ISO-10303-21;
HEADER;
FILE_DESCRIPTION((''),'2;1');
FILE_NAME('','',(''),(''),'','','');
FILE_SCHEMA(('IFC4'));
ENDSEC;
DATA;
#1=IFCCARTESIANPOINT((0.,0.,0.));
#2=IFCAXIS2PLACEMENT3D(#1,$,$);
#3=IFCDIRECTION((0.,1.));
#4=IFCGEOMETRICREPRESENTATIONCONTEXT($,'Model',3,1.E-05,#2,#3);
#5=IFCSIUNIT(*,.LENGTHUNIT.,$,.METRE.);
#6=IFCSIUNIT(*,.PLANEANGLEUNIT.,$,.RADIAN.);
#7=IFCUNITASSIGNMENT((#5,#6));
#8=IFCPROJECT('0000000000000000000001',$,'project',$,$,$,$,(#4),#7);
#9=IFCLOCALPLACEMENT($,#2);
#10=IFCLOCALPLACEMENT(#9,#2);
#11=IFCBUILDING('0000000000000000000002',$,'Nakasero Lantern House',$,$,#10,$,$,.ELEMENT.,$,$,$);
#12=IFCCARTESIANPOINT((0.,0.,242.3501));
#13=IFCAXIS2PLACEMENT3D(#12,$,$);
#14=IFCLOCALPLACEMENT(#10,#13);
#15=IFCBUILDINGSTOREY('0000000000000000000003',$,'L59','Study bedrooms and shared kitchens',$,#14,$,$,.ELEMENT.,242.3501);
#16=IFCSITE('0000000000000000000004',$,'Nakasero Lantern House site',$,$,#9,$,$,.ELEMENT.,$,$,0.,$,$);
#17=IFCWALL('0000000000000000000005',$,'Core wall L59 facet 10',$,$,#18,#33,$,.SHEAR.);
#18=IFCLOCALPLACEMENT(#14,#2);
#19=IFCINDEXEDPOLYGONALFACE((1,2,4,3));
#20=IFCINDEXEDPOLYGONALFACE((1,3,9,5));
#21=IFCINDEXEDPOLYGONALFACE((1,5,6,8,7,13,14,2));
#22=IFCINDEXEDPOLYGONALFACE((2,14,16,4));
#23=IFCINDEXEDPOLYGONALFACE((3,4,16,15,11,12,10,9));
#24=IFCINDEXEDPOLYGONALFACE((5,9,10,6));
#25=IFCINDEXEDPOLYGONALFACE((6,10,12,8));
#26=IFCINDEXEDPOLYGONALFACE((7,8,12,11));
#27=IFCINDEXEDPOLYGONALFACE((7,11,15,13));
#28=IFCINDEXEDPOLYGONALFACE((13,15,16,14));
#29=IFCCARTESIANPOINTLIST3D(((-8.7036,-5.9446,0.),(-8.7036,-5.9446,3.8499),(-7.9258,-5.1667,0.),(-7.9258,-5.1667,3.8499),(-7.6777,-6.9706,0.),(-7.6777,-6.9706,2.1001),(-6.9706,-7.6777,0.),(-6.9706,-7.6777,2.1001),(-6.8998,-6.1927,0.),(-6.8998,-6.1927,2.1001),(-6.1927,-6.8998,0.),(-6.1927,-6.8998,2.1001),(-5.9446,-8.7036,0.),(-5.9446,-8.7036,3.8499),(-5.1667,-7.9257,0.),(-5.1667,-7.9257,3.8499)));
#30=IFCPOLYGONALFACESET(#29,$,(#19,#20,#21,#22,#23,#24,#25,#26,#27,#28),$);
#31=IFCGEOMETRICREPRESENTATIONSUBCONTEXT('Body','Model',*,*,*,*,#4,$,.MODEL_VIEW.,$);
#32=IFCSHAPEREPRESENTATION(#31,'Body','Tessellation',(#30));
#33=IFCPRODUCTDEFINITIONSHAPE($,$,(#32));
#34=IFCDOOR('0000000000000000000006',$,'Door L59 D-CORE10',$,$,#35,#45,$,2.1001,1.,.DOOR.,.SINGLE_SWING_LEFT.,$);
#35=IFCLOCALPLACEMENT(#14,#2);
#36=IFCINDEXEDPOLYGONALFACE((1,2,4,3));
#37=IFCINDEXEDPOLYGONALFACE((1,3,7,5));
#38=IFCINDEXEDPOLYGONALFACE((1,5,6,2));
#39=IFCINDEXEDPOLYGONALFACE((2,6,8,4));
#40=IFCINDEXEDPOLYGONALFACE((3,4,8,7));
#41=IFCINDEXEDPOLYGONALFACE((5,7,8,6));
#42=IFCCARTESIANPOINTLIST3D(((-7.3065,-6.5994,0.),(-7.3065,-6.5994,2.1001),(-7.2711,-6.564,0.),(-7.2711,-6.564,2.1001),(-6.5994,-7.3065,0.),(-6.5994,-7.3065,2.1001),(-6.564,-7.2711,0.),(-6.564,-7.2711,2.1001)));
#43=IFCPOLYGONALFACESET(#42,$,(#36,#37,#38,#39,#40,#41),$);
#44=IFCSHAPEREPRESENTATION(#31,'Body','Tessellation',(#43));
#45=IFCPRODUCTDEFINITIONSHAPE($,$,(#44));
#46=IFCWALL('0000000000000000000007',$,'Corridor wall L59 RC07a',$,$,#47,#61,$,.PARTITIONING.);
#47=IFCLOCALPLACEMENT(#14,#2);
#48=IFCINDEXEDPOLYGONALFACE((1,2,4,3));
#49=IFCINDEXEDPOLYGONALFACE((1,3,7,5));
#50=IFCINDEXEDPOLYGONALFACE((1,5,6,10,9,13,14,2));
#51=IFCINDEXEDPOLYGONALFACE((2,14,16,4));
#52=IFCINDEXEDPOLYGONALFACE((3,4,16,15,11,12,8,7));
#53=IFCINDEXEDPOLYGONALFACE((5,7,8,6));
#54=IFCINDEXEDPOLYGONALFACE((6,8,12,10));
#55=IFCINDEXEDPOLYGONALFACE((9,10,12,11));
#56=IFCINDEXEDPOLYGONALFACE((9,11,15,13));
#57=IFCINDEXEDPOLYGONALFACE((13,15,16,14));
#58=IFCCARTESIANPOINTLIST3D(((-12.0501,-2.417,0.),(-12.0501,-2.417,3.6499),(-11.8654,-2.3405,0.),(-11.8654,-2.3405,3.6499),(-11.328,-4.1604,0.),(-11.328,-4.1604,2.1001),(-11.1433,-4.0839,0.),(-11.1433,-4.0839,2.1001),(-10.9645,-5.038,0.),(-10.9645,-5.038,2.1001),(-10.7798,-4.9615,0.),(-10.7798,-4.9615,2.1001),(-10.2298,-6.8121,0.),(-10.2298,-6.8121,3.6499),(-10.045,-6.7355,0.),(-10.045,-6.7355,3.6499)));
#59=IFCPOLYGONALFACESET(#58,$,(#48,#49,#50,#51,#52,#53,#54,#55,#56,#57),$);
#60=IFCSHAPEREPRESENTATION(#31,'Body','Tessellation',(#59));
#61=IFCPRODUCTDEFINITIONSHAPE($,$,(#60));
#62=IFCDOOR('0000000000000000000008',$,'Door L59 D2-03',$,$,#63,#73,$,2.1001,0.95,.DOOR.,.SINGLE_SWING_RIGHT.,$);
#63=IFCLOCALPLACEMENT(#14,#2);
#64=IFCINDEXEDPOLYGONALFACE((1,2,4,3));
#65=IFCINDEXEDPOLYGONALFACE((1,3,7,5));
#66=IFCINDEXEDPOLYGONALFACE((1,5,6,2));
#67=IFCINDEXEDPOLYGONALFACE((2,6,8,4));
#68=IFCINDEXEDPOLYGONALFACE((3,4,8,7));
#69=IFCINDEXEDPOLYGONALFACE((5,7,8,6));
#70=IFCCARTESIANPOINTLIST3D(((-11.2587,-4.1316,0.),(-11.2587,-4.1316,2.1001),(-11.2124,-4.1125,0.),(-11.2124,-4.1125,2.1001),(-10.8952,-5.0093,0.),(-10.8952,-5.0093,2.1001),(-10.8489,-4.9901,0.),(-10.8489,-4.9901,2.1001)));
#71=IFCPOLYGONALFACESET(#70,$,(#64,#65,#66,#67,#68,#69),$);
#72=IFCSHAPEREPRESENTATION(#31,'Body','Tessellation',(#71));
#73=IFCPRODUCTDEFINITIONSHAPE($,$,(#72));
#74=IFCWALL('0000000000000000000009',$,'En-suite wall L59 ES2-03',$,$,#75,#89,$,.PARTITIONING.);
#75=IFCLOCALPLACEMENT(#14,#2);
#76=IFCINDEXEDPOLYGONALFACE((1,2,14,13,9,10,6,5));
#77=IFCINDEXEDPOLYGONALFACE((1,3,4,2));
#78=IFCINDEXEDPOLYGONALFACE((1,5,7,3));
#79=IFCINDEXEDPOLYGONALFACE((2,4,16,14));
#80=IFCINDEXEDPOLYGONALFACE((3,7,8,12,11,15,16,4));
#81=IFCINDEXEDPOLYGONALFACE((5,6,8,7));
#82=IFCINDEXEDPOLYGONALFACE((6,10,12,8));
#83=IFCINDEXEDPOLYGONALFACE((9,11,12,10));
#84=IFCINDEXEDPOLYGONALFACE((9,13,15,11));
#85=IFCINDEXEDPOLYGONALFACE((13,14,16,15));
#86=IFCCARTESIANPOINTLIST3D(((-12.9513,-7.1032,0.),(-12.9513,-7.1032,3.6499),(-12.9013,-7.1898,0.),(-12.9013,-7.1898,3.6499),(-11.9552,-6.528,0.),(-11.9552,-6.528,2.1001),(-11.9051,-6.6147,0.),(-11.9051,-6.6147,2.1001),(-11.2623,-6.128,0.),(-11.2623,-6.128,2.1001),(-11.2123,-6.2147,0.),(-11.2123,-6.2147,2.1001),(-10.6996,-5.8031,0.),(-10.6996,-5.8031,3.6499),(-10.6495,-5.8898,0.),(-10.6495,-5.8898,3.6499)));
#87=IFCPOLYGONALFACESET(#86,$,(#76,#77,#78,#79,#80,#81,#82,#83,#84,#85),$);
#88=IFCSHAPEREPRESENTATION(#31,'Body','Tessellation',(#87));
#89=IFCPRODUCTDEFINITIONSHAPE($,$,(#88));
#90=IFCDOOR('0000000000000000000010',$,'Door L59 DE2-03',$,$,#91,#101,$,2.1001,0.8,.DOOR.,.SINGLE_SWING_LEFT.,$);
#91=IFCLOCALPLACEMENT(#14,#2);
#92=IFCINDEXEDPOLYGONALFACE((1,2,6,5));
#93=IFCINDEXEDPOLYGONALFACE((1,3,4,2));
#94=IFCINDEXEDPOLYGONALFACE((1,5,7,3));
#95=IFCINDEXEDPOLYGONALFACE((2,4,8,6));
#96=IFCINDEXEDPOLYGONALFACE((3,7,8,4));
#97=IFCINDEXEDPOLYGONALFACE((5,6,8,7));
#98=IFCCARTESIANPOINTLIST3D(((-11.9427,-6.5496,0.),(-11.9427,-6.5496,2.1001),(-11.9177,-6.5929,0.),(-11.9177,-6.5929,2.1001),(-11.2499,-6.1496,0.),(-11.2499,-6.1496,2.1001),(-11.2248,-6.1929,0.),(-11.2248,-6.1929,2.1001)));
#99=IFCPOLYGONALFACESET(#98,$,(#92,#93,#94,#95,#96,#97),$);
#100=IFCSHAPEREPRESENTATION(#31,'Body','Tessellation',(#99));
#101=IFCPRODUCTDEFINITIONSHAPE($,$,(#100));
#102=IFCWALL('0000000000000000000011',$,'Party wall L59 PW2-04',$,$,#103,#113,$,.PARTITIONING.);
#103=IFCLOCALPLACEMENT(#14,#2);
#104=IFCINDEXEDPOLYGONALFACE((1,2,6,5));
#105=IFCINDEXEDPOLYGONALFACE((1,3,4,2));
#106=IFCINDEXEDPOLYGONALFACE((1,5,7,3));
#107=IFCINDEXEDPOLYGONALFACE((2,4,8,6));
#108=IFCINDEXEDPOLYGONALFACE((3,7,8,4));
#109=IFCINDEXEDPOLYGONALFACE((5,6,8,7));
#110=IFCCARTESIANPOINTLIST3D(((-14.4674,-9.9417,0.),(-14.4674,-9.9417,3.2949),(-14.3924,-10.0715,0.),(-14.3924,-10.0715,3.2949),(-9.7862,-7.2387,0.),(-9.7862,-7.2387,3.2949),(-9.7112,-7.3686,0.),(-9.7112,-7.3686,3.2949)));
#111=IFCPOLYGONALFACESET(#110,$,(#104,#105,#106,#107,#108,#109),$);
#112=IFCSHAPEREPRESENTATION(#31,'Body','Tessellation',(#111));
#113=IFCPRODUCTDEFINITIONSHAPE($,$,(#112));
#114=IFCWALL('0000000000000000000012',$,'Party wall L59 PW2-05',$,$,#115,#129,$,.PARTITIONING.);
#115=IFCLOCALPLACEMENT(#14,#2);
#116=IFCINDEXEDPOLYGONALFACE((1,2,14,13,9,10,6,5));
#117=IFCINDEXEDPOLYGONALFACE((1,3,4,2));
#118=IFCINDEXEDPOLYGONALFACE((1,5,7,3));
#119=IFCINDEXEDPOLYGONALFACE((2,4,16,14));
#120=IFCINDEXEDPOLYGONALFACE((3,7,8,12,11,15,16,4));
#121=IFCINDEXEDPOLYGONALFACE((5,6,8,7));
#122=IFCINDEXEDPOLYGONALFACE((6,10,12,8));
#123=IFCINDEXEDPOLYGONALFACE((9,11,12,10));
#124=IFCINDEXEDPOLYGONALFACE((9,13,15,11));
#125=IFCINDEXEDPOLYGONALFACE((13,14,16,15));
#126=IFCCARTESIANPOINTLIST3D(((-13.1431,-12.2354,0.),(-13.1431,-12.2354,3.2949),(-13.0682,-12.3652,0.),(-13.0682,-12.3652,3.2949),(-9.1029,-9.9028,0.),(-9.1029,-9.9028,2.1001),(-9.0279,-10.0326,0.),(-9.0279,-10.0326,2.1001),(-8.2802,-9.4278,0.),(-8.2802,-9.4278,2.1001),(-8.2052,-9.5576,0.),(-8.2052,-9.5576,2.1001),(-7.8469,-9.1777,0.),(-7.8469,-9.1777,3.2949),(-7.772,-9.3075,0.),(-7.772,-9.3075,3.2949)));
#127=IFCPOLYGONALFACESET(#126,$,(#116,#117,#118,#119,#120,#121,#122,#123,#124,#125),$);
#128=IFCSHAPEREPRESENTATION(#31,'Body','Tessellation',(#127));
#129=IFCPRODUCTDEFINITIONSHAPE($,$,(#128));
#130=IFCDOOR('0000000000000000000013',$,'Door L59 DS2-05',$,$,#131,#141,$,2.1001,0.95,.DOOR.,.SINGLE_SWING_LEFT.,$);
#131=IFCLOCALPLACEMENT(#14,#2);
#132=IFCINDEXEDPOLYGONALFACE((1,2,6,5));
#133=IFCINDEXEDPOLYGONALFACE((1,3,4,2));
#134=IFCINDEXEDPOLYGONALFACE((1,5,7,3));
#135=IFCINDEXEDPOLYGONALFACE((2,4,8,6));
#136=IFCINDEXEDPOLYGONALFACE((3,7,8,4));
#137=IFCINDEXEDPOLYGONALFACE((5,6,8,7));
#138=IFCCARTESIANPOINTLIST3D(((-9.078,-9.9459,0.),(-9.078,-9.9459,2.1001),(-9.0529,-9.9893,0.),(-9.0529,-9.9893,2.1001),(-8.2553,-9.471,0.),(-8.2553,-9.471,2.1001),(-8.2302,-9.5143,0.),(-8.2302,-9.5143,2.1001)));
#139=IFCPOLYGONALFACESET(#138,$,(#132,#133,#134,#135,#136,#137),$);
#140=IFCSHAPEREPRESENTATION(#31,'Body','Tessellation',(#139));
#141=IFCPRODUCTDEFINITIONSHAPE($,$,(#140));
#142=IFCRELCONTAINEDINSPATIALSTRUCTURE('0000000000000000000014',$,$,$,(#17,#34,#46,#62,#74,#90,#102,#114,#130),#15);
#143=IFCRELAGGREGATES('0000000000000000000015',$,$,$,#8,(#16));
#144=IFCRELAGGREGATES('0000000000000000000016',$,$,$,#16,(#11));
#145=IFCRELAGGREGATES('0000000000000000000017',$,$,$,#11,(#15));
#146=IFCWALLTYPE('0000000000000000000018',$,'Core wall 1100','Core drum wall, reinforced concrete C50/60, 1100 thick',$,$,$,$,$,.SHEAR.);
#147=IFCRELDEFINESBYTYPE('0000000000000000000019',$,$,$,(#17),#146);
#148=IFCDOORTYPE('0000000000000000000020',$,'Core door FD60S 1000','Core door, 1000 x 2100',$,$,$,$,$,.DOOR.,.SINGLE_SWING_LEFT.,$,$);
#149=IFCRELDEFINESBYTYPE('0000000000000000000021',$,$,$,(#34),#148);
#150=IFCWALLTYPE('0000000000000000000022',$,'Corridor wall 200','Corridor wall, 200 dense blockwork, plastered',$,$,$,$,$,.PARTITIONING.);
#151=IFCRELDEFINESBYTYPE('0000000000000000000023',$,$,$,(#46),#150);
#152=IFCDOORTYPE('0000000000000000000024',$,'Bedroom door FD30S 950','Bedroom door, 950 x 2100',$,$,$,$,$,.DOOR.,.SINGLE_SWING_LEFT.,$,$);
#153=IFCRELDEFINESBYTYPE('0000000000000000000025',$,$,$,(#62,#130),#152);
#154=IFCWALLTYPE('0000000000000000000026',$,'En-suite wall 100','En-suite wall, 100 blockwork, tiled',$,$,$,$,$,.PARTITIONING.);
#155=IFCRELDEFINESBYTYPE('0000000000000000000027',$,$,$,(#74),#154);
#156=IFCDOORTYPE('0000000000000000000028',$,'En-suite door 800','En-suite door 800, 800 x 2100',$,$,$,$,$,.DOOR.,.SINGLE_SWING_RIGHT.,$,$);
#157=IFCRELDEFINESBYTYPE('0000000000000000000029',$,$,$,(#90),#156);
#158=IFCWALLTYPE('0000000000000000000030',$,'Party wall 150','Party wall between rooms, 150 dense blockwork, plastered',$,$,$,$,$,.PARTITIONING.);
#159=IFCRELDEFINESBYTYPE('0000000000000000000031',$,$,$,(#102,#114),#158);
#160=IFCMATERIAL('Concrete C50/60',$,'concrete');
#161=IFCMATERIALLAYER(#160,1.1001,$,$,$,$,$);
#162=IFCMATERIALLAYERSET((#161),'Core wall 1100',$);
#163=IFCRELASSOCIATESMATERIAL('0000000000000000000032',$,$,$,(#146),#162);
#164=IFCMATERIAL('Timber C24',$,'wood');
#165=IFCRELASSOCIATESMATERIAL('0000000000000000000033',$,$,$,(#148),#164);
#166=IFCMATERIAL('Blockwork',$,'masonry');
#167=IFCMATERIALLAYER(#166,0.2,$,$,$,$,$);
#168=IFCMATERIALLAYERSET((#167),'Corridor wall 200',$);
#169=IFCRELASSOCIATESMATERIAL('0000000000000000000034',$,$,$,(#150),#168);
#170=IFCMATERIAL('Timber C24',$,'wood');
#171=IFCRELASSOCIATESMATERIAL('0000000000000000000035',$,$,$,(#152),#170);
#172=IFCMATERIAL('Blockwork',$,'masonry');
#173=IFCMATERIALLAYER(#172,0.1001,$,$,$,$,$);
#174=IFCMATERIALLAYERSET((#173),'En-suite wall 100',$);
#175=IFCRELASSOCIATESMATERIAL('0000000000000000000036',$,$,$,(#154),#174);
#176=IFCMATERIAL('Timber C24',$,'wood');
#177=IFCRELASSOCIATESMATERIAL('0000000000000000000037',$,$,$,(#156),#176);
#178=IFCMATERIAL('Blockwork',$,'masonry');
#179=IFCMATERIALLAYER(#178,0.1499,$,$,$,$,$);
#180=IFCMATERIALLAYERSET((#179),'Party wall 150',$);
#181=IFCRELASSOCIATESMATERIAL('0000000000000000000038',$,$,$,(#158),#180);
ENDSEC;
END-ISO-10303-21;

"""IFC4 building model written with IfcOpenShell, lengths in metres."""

from ifc_helpers import new_model, si_unit, direction, frame, frame_2d, origin, place, context, subcontext, project, spatial, rectangle, extrude, material, layer, layer_set, type_object, element, fill, save


model = new_model("IFC4")

# Units and contexts
model_context = context("Model", 3, precision=1e-05, world=origin(), true_north=direction((0.0, 1.0)))
body_context = subcontext(model_context, "Body", "Model", "MODEL_VIEW")
ifc_project = project(units=[si_unit("LENGTHUNIT", "METRE"), si_unit("PLANEANGLEUNIT", "RADIAN")], contexts=[model_context])

# Site, building, storey
site_placement = place(None, origin())
site = spatial("IfcSite", under=ifc_project, at=site_placement, Name="Nakasero Lantern House site", CompositionType="ELEMENT", RefElevation=0.0)
building_placement = place(site_placement, origin())
building = spatial("IfcBuilding", under=site, at=building_placement, Name="Nakasero Lantern House", CompositionType="ELEMENT")
storey_placement = place(building_placement, frame((0.0, 0.0, 242.3501)))
storey = spatial("IfcBuildingStorey", under=building, at=storey_placement, Name="L59", Description="Study bedrooms and shared kitchens", CompositionType="ELEMENT", Elevation=242.3501)

# Shared definitions
ifc_material_1 = material(Name="Concrete C50/60", Category="concrete")
ifc_layer_1 = layer(ifc_material_1, 1.1001)
ifc_layer_set_1 = layer_set([ifc_layer_1], Name="Core wall 1100")
wall_type_1 = type_object("IfcWallType", Name="Core wall 1100", Description="Core drum wall, reinforced concrete C50/60, 1100 thick", PredefinedType="SHEAR", material=ifc_layer_set_1)

# Walls, openings, doors
wall_1_placement = place(storey_placement, frame((-8.3147, -5.5557, 0.0), z_axis=(0.0, 0.0, 1.0), x_axis=(0.707107, -0.707107, 0.0)))
wall_1 = element("IfcWall", 1, at=wall_1_placement, inside=storey, type_object=wall_type_1, Name="Core wall L59 facet 10", PredefinedType="SHEAR", context=body_context, shape_type="SweptSolid", body=[
    extrude(rectangle(XDim=3.9019, YDim=1.1001, at=frame_2d((1.9509, 0.0))), origin(), (0.0, 0.0, 1.0), 3.8499),
])
opening_1_placement = place(wall_1_placement, frame((1.4509, 0.0, 0.0)))
opening_1 = element("IfcOpeningElement", 2, at=opening_1_placement, cuts=wall_1, PredefinedType="OPENING", context=body_context, shape_type="SweptSolid", body=[
    extrude(rectangle(XDim=1.0, YDim=2.1001, at=frame_2d((0.5, 1.05))), frame((0.0, 0.5701, 0.0), z_axis=(0.0, -1.0, 0.0), x_axis=(1.0, 0.0, 0.0)), (0.0, 0.0, 1.0), 1.1401),
])
ifc_material_2 = material(Name="Timber C24", Category="wood")
door_type_1 = type_object("IfcDoorType", Name="Core door FD60S 1000", Description="Core door, 1000 x 2100", OperationType="SINGLE_SWING_LEFT", PredefinedType="DOOR", material=ifc_material_2)
door_1_placement = place(opening_1_placement, origin())
door_1 = element("IfcDoor", 3, at=door_1_placement, inside=storey, type_object=door_type_1, Name="Door L59 D-CORE10", OperationType="SINGLE_SWING_LEFT", OverallHeight=2.1001, OverallWidth=1.0, PredefinedType="DOOR", context=body_context, shape_type="SweptSolid", body=[
    extrude(rectangle(XDim=1.0, YDim=2.1001, at=frame_2d((0.5, 1.05))), frame((0.0, 0.0249, 0.0), z_axis=(0.0, -1.0, 0.0), x_axis=(1.0, 0.0, 0.0)), (0.0, 0.0, 1.0), 0.05),
])
fill(opening_1, door_1)
ifc_material_3 = material(Name="Blockwork", Category="masonry")
ifc_layer_2 = layer(ifc_material_3, 0.2)
ifc_layer_set_2 = layer_set([ifc_layer_2], Name="Corridor wall 200")
wall_type_2 = type_object("IfcWallType", Name="Corridor wall 200", Description="Corridor wall, 200 dense blockwork, plastered", PredefinedType="PARTITIONING", material=ifc_layer_set_2)
wall_2_placement = place(storey_placement, frame((-10.1375, -6.7737, 0.0), z_axis=(0.0, 0.0, 1.0), x_axis=(-0.382654, 0.923892, 0.0)))
wall_2 = element("IfcWall", 4, at=wall_2_placement, inside=storey, type_object=wall_type_2, Name="Corridor wall L59 RC07a", PredefinedType="PARTITIONING", context=body_context, shape_type="SweptSolid", body=[
    extrude(rectangle(XDim=4.7571, YDim=0.2, at=frame_2d((2.3784, 0.0))), origin(), (0.0, 0.0, 1.0), 3.6499),
])
opening_2_placement = place(wall_2_placement, frame((1.9199, 0.0, 0.0)))
opening_2 = element("IfcOpeningElement", 5, at=opening_2_placement, cuts=wall_2, PredefinedType="OPENING", context=body_context, shape_type="SweptSolid", body=[
    extrude(rectangle(XDim=0.95, YDim=2.1001, at=frame_2d((0.4751, 1.05))), frame((0.0, 0.1199, 0.0), z_axis=(0.0, -1.0, 0.0), x_axis=(1.0, 0.0, 0.0)), (0.0, 0.0, 1.0), 0.24),
])
ifc_material_4 = material(Name="Timber C24", Category="wood")
door_type_2 = type_object("IfcDoorType", Name="Bedroom door FD30S 950", Description="Bedroom door, 950 x 2100", OperationType="SINGLE_SWING_LEFT", PredefinedType="DOOR", material=ifc_material_4)
door_2_placement = place(opening_2_placement, origin())
door_2 = element("IfcDoor", 6, at=door_2_placement, inside=storey, type_object=door_type_2, Name="Door L59 D2-03", OperationType="SINGLE_SWING_RIGHT", OverallHeight=2.1001, OverallWidth=0.95, PredefinedType="DOOR", context=body_context, shape_type="SweptSolid", body=[
    extrude(rectangle(XDim=0.95, YDim=2.1001, at=frame_2d((0.4751, 1.05))), frame((0.0, 0.0249, 0.0), z_axis=(0.0, -1.0, 0.0), x_axis=(1.0, 0.0, 0.0)), (0.0, 0.0, 1.0), 0.05),
])
fill(opening_2, door_2)
ifc_material_5 = material(Name="Blockwork", Category="masonry")
ifc_layer_3 = layer(ifc_material_5, 0.1001)
ifc_layer_set_3 = layer_set([ifc_layer_3], Name="En-suite wall 100")
wall_type_3 = type_object("IfcWallType", Name="En-suite wall 100", Description="En-suite wall, 100 blockwork, tiled", PredefinedType="PARTITIONING", material=ifc_layer_set_3)
wall_3_placement = place(storey_placement, frame((-10.6746, -5.8464, 0.0), z_axis=(0.0, 0.0, 1.0), x_axis=(-0.866021, -0.500007, 0.0)))
wall_3 = element("IfcWall", 7, at=wall_3_placement, inside=storey, type_object=wall_type_3, Name="En-suite wall L59 ES2-03", PredefinedType="PARTITIONING", context=body_context, shape_type="SweptSolid", body=[
    extrude(rectangle(XDim=2.6001, YDim=0.1001, at=frame_2d((1.3, 0.0))), origin(), (0.0, 0.0, 1.0), 3.6499),
])
opening_3_placement = place(wall_3_placement, frame((0.6499, 0.0, 0.0)))
opening_3 = element("IfcOpeningElement", 8, at=opening_3_placement, cuts=wall_3, PredefinedType="OPENING", context=body_context, shape_type="SweptSolid", body=[
    extrude(rectangle(XDim=0.8, YDim=2.1001, at=frame_2d((0.3999, 1.05))), frame((0.0, 0.0701, 0.0), z_axis=(0.0, -1.0, 0.0), x_axis=(1.0, 0.0, 0.0)), (0.0, 0.0, 1.0), 0.1401),
])
ifc_material_6 = material(Name="Timber C24", Category="wood")
door_type_3 = type_object("IfcDoorType", Name="En-suite door 800", Description="En-suite door 800, 800 x 2100", OperationType="SINGLE_SWING_RIGHT", PredefinedType="DOOR", material=ifc_material_6)
door_3_placement = place(opening_3_placement, origin())
door_3 = element("IfcDoor", 9, at=door_3_placement, inside=storey, type_object=door_type_3, Name="Door L59 DE2-03", OperationType="SINGLE_SWING_LEFT", OverallHeight=2.1001, OverallWidth=0.8, PredefinedType="DOOR", context=body_context, shape_type="SweptSolid", body=[
    extrude(rectangle(XDim=0.8, YDim=2.1001, at=frame_2d((0.3999, 1.05))), frame((0.0, 0.0249, 0.0), z_axis=(0.0, -1.0, 0.0), x_axis=(1.0, 0.0, 0.0)), (0.0, 0.0, 1.0), 0.05),
])
fill(opening_3, door_3)

# Wall
ifc_material_7 = material(Name="Blockwork", Category="masonry")
ifc_layer_4 = layer(ifc_material_7, 0.1499)
ifc_layer_set_4 = layer_set([ifc_layer_4], Name="Party wall 150")
wall_type_4 = type_object("IfcWallType", Name="Party wall 150", Description="Party wall between rooms, 150 dense blockwork, plastered", PredefinedType="PARTITIONING", material=ifc_layer_set_4)
wall_4_placement = place(storey_placement, frame((-9.7488, -7.3037, 0.0), z_axis=(0.0, 0.0, 1.0), x_axis=(-0.866008, -0.50003, 0.0)))
element("IfcWall", 10, at=wall_4_placement, inside=storey, type_object=wall_type_4, Name="Party wall L59 PW2-04", PredefinedType="PARTITIONING", context=body_context, shape_type="SweptSolid", body=[
    extrude(rectangle(XDim=5.4055, YDim=0.1499, at=frame_2d((2.7026, 0.0))), origin(), (0.0, 0.0, 1.0), 3.2949),
])

# Wall, opening, door
wall_5_placement = place(storey_placement, frame((-7.8096, -9.2427, 0.0), z_axis=(0.0, 0.0, 1.0), x_axis=(-0.866033, -0.499986, 0.0)))
wall_5 = element("IfcWall", 11, at=wall_5_placement, inside=storey, type_object=wall_type_4, Name="Party wall L59 PW2-05", PredefinedType="PARTITIONING", context=body_context, shape_type="SweptSolid", body=[
    extrude(rectangle(XDim=6.1155, YDim=0.1499, at=frame_2d((3.0576, 0.0))), origin(), (0.0, 0.0, 1.0), 3.2949),
])
opening_4_placement = place(wall_5_placement, frame((0.5, 0.0, 0.0)))
opening_4 = element("IfcOpeningElement", 12, at=opening_4_placement, cuts=wall_5, PredefinedType="OPENING", context=body_context, shape_type="SweptSolid", body=[
    extrude(rectangle(XDim=0.95, YDim=2.1001, at=frame_2d((0.4751, 1.05))), frame((0.0, 0.095, 0.0), z_axis=(0.0, -1.0, 0.0), x_axis=(1.0, 0.0, 0.0)), (0.0, 0.0, 1.0), 0.1899),
])
door_4_placement = place(opening_4_placement, origin())
door_4 = element("IfcDoor", 13, at=door_4_placement, inside=storey, type_object=door_type_2, Name="Door L59 DS2-05", OperationType="SINGLE_SWING_LEFT", OverallHeight=2.1001, OverallWidth=0.95, PredefinedType="DOOR", context=body_context, shape_type="SweptSolid", body=[
    extrude(rectangle(XDim=0.95, YDim=2.1001, at=frame_2d((0.4751, 1.05))), frame((0.0, 0.0249, 0.0), z_axis=(0.0, -1.0, 0.0), x_axis=(1.0, 0.0, 0.0)), (0.0, 0.0, 1.0), 0.05),
])
fill(opening_4, door_4)

save(model, "model.ifc")
